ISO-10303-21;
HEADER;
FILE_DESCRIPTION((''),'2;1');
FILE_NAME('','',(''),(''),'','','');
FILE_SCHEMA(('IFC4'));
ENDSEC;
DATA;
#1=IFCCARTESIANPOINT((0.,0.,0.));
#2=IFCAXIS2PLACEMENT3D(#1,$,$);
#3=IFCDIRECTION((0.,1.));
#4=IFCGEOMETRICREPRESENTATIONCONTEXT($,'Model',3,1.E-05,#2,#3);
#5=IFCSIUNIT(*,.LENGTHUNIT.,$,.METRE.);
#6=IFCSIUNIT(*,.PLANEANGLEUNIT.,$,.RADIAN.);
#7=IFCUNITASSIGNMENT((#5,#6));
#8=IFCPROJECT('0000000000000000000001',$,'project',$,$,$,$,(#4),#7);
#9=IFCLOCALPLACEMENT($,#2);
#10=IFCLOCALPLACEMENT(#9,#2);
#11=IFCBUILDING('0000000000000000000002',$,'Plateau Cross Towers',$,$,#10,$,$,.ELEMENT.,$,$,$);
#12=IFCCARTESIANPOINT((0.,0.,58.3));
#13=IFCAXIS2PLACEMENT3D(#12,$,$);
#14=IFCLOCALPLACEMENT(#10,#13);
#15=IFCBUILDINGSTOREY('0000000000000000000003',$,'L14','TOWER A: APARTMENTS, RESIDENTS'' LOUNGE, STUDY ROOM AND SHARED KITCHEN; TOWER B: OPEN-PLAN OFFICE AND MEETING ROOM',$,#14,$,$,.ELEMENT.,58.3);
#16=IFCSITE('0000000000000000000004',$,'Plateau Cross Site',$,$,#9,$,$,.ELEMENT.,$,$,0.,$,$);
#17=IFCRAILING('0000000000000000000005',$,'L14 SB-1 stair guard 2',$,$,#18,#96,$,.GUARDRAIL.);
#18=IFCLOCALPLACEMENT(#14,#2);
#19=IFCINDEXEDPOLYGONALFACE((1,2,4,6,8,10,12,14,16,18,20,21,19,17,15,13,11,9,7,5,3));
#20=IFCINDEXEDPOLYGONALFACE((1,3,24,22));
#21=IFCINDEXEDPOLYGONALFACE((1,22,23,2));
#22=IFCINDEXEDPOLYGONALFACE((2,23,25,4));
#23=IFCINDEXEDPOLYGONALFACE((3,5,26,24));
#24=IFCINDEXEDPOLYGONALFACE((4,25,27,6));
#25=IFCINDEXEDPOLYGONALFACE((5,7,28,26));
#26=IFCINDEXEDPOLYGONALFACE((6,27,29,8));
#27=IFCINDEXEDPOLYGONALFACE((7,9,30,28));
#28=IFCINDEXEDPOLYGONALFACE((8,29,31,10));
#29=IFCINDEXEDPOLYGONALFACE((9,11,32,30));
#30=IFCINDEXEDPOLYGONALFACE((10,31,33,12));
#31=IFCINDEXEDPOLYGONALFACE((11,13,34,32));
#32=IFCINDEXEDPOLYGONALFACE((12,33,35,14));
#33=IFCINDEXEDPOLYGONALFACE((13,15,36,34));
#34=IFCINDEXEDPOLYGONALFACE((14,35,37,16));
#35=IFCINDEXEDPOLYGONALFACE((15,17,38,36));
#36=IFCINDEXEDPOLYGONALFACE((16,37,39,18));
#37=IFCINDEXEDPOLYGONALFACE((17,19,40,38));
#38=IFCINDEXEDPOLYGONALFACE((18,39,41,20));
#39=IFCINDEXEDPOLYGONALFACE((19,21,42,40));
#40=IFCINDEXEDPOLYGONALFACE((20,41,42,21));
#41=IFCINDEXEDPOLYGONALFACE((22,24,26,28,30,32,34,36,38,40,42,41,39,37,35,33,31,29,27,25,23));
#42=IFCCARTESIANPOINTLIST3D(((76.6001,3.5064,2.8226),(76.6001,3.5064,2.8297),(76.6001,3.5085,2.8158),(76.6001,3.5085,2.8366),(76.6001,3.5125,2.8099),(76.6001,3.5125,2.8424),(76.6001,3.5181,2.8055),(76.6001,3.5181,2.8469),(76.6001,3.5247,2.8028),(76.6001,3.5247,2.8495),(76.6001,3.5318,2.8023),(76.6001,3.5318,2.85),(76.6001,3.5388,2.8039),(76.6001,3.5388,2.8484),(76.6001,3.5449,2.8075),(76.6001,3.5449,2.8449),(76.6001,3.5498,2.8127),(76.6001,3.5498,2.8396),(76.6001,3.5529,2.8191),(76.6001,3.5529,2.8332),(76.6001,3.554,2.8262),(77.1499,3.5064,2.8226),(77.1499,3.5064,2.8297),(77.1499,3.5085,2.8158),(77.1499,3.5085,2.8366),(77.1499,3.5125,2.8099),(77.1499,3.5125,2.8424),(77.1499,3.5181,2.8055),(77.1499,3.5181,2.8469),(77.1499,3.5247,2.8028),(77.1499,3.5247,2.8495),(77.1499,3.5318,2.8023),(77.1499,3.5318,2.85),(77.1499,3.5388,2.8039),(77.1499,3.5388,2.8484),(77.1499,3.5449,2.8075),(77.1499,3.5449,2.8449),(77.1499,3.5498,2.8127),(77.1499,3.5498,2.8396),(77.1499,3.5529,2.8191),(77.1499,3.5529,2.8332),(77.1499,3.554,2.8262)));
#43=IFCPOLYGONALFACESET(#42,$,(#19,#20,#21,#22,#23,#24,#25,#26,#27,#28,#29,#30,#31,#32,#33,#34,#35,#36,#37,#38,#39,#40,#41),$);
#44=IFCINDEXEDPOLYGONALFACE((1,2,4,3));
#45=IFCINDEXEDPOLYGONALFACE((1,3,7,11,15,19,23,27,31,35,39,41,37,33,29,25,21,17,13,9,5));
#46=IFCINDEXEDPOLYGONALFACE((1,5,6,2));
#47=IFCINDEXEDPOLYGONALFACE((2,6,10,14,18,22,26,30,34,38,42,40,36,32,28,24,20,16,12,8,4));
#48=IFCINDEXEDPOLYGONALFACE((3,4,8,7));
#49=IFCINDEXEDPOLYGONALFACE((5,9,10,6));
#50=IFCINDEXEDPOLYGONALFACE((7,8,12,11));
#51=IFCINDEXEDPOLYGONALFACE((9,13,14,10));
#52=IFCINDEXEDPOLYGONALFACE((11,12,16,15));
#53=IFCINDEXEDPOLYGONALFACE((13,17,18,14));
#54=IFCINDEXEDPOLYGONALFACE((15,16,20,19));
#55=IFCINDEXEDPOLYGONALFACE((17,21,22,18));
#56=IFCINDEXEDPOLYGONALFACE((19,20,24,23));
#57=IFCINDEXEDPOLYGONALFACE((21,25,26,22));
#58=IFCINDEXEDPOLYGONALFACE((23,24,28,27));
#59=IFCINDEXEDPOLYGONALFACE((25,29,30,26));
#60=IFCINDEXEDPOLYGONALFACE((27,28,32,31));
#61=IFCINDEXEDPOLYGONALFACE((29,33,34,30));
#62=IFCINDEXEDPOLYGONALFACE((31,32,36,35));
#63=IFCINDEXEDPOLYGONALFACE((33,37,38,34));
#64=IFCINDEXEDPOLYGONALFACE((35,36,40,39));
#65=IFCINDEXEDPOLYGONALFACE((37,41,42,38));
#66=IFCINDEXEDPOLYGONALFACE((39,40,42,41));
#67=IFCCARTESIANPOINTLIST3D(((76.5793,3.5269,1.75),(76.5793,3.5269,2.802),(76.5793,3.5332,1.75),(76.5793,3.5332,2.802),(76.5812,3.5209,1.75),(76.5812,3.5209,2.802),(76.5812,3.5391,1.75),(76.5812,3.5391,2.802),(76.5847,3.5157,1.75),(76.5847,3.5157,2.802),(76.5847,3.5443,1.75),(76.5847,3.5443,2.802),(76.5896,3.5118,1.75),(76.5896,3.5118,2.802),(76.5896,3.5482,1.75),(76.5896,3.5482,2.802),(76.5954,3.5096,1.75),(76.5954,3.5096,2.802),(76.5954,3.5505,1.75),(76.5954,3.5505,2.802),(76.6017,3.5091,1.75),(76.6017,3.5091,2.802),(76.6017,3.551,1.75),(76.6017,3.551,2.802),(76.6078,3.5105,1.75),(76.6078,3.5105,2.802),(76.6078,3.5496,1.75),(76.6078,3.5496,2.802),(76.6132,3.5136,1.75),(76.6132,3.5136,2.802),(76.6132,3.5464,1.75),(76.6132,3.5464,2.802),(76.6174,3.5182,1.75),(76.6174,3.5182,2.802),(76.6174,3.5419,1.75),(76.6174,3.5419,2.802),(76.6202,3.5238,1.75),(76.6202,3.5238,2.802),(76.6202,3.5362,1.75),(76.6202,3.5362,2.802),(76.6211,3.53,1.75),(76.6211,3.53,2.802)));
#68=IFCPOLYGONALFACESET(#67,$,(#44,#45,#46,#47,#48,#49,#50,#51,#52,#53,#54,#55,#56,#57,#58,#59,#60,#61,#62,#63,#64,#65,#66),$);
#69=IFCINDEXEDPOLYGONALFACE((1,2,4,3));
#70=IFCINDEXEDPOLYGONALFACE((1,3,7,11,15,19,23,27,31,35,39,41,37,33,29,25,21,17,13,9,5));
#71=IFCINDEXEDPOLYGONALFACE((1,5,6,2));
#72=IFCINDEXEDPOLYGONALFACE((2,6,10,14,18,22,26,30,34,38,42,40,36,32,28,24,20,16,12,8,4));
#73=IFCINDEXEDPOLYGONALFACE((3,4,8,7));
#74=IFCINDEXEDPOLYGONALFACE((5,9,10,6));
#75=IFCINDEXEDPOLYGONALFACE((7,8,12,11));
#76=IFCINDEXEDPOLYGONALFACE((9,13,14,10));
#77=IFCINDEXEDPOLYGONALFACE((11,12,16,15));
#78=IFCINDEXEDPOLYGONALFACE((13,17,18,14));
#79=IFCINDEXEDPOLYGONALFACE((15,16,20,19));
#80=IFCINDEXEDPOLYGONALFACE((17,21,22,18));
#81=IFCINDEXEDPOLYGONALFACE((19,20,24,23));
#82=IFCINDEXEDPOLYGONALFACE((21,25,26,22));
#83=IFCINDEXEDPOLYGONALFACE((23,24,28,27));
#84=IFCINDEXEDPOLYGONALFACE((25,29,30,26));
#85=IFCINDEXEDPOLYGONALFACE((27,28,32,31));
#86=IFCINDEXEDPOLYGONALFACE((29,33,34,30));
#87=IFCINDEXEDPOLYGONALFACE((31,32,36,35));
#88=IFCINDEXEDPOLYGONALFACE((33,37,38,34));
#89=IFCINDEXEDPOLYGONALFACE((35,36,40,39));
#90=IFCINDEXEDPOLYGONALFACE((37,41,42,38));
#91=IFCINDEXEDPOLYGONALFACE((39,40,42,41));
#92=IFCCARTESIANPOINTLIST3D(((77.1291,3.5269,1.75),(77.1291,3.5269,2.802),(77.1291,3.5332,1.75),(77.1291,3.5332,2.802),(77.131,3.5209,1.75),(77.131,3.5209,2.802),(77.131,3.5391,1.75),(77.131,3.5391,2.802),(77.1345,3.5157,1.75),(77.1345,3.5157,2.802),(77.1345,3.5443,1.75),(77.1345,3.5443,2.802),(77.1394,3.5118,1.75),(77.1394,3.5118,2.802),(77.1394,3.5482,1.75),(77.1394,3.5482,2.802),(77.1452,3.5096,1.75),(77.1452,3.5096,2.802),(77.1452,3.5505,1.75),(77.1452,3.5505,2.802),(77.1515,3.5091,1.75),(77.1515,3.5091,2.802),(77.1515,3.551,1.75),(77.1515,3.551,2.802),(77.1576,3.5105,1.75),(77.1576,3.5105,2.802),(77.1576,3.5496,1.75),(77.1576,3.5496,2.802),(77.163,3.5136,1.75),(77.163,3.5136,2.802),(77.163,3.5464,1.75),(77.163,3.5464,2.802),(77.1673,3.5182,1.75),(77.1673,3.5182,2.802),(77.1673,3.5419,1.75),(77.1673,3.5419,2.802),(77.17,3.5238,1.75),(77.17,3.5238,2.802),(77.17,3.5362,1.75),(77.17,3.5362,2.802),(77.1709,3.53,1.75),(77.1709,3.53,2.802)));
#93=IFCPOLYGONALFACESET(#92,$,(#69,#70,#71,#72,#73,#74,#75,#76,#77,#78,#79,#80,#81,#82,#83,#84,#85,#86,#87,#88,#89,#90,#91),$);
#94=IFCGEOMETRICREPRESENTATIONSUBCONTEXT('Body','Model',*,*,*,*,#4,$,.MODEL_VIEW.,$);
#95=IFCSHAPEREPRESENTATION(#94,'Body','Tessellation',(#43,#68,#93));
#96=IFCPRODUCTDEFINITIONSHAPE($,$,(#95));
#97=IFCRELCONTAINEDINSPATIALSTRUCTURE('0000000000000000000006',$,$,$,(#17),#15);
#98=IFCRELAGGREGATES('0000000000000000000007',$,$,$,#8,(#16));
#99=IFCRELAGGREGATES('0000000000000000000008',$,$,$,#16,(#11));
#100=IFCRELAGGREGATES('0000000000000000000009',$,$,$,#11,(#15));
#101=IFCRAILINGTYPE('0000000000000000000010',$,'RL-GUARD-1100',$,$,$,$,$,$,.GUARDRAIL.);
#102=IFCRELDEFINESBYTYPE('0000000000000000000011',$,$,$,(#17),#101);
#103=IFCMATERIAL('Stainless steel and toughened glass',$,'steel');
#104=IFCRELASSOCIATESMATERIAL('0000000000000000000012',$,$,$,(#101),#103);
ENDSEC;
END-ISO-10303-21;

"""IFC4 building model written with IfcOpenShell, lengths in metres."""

from ifc_helpers import new_model, si_unit, direction, frame, origin, origin_2d, place, context, subcontext, project, spatial, circle, extrude, material, type_object, element, save


model = new_model("IFC4")

# Units and contexts
model_context = context("Model", 3, precision=1e-05, world=origin(), true_north=direction((0.0, 1.0)))
body_context = subcontext(model_context, "Body", "Model", "MODEL_VIEW")
ifc_project = project(units=[si_unit("LENGTHUNIT", "METRE"), si_unit("PLANEANGLEUNIT", "RADIAN")], contexts=[model_context])

# Site, building, storey
site_placement = place(None, origin())
site = spatial("IfcSite", under=ifc_project, at=site_placement, Name="Plateau Cross Site", CompositionType="ELEMENT", RefElevation=0.0)
building_placement = place(site_placement, origin())
building = spatial("IfcBuilding", under=site, at=building_placement, Name="Plateau Cross Towers", CompositionType="ELEMENT")
storey_placement = place(building_placement, frame((0.0, 0.0, 58.3)))
storey = spatial("IfcBuildingStorey", under=building, at=storey_placement, Name="L14", Description="TOWER A: APARTMENTS, RESIDENTS' LOUNGE, STUDY ROOM AND SHARED KITCHEN; TOWER B: OPEN-PLAN OFFICE AND MEETING ROOM", CompositionType="ELEMENT", Elevation=58.3)

# Railing
ifc_material_1 = material(Name="Stainless steel and toughened glass", Category="steel")
railing_type_1 = type_object("IfcRailingType", Name="RL-GUARD-1100", PredefinedType="GUARDRAIL", material=ifc_material_1)
railing_1_placement = place(storey_placement, frame((76.6001, 3.53, 1.75)))
element("IfcRailing", 1, at=railing_1_placement, inside=storey, type_object=railing_type_1, Name="L14 SB-1 stair guard 2", PredefinedType="GUARDRAIL", context=body_context, shape_type="SweptSolid", body=[
    extrude(circle(Radius=0.0239, at=origin_2d()), frame((0.0, 0.0, 1.0762), z_axis=(1.0, 0.0, 0.0), x_axis=(0.0, 1.0, 0.0)), (0.0, 0.0, 1.0), 0.5498),
    extrude(circle(Radius=0.021, at=origin_2d()), origin(), (0.0, 0.0, 1.0), 1.052),
    extrude(circle(Radius=0.021, at=origin_2d()), frame((0.5498, 0.0, 0.0)), (0.0, 0.0, 1.0), 1.052),
])

save(model, "model.ifc")
